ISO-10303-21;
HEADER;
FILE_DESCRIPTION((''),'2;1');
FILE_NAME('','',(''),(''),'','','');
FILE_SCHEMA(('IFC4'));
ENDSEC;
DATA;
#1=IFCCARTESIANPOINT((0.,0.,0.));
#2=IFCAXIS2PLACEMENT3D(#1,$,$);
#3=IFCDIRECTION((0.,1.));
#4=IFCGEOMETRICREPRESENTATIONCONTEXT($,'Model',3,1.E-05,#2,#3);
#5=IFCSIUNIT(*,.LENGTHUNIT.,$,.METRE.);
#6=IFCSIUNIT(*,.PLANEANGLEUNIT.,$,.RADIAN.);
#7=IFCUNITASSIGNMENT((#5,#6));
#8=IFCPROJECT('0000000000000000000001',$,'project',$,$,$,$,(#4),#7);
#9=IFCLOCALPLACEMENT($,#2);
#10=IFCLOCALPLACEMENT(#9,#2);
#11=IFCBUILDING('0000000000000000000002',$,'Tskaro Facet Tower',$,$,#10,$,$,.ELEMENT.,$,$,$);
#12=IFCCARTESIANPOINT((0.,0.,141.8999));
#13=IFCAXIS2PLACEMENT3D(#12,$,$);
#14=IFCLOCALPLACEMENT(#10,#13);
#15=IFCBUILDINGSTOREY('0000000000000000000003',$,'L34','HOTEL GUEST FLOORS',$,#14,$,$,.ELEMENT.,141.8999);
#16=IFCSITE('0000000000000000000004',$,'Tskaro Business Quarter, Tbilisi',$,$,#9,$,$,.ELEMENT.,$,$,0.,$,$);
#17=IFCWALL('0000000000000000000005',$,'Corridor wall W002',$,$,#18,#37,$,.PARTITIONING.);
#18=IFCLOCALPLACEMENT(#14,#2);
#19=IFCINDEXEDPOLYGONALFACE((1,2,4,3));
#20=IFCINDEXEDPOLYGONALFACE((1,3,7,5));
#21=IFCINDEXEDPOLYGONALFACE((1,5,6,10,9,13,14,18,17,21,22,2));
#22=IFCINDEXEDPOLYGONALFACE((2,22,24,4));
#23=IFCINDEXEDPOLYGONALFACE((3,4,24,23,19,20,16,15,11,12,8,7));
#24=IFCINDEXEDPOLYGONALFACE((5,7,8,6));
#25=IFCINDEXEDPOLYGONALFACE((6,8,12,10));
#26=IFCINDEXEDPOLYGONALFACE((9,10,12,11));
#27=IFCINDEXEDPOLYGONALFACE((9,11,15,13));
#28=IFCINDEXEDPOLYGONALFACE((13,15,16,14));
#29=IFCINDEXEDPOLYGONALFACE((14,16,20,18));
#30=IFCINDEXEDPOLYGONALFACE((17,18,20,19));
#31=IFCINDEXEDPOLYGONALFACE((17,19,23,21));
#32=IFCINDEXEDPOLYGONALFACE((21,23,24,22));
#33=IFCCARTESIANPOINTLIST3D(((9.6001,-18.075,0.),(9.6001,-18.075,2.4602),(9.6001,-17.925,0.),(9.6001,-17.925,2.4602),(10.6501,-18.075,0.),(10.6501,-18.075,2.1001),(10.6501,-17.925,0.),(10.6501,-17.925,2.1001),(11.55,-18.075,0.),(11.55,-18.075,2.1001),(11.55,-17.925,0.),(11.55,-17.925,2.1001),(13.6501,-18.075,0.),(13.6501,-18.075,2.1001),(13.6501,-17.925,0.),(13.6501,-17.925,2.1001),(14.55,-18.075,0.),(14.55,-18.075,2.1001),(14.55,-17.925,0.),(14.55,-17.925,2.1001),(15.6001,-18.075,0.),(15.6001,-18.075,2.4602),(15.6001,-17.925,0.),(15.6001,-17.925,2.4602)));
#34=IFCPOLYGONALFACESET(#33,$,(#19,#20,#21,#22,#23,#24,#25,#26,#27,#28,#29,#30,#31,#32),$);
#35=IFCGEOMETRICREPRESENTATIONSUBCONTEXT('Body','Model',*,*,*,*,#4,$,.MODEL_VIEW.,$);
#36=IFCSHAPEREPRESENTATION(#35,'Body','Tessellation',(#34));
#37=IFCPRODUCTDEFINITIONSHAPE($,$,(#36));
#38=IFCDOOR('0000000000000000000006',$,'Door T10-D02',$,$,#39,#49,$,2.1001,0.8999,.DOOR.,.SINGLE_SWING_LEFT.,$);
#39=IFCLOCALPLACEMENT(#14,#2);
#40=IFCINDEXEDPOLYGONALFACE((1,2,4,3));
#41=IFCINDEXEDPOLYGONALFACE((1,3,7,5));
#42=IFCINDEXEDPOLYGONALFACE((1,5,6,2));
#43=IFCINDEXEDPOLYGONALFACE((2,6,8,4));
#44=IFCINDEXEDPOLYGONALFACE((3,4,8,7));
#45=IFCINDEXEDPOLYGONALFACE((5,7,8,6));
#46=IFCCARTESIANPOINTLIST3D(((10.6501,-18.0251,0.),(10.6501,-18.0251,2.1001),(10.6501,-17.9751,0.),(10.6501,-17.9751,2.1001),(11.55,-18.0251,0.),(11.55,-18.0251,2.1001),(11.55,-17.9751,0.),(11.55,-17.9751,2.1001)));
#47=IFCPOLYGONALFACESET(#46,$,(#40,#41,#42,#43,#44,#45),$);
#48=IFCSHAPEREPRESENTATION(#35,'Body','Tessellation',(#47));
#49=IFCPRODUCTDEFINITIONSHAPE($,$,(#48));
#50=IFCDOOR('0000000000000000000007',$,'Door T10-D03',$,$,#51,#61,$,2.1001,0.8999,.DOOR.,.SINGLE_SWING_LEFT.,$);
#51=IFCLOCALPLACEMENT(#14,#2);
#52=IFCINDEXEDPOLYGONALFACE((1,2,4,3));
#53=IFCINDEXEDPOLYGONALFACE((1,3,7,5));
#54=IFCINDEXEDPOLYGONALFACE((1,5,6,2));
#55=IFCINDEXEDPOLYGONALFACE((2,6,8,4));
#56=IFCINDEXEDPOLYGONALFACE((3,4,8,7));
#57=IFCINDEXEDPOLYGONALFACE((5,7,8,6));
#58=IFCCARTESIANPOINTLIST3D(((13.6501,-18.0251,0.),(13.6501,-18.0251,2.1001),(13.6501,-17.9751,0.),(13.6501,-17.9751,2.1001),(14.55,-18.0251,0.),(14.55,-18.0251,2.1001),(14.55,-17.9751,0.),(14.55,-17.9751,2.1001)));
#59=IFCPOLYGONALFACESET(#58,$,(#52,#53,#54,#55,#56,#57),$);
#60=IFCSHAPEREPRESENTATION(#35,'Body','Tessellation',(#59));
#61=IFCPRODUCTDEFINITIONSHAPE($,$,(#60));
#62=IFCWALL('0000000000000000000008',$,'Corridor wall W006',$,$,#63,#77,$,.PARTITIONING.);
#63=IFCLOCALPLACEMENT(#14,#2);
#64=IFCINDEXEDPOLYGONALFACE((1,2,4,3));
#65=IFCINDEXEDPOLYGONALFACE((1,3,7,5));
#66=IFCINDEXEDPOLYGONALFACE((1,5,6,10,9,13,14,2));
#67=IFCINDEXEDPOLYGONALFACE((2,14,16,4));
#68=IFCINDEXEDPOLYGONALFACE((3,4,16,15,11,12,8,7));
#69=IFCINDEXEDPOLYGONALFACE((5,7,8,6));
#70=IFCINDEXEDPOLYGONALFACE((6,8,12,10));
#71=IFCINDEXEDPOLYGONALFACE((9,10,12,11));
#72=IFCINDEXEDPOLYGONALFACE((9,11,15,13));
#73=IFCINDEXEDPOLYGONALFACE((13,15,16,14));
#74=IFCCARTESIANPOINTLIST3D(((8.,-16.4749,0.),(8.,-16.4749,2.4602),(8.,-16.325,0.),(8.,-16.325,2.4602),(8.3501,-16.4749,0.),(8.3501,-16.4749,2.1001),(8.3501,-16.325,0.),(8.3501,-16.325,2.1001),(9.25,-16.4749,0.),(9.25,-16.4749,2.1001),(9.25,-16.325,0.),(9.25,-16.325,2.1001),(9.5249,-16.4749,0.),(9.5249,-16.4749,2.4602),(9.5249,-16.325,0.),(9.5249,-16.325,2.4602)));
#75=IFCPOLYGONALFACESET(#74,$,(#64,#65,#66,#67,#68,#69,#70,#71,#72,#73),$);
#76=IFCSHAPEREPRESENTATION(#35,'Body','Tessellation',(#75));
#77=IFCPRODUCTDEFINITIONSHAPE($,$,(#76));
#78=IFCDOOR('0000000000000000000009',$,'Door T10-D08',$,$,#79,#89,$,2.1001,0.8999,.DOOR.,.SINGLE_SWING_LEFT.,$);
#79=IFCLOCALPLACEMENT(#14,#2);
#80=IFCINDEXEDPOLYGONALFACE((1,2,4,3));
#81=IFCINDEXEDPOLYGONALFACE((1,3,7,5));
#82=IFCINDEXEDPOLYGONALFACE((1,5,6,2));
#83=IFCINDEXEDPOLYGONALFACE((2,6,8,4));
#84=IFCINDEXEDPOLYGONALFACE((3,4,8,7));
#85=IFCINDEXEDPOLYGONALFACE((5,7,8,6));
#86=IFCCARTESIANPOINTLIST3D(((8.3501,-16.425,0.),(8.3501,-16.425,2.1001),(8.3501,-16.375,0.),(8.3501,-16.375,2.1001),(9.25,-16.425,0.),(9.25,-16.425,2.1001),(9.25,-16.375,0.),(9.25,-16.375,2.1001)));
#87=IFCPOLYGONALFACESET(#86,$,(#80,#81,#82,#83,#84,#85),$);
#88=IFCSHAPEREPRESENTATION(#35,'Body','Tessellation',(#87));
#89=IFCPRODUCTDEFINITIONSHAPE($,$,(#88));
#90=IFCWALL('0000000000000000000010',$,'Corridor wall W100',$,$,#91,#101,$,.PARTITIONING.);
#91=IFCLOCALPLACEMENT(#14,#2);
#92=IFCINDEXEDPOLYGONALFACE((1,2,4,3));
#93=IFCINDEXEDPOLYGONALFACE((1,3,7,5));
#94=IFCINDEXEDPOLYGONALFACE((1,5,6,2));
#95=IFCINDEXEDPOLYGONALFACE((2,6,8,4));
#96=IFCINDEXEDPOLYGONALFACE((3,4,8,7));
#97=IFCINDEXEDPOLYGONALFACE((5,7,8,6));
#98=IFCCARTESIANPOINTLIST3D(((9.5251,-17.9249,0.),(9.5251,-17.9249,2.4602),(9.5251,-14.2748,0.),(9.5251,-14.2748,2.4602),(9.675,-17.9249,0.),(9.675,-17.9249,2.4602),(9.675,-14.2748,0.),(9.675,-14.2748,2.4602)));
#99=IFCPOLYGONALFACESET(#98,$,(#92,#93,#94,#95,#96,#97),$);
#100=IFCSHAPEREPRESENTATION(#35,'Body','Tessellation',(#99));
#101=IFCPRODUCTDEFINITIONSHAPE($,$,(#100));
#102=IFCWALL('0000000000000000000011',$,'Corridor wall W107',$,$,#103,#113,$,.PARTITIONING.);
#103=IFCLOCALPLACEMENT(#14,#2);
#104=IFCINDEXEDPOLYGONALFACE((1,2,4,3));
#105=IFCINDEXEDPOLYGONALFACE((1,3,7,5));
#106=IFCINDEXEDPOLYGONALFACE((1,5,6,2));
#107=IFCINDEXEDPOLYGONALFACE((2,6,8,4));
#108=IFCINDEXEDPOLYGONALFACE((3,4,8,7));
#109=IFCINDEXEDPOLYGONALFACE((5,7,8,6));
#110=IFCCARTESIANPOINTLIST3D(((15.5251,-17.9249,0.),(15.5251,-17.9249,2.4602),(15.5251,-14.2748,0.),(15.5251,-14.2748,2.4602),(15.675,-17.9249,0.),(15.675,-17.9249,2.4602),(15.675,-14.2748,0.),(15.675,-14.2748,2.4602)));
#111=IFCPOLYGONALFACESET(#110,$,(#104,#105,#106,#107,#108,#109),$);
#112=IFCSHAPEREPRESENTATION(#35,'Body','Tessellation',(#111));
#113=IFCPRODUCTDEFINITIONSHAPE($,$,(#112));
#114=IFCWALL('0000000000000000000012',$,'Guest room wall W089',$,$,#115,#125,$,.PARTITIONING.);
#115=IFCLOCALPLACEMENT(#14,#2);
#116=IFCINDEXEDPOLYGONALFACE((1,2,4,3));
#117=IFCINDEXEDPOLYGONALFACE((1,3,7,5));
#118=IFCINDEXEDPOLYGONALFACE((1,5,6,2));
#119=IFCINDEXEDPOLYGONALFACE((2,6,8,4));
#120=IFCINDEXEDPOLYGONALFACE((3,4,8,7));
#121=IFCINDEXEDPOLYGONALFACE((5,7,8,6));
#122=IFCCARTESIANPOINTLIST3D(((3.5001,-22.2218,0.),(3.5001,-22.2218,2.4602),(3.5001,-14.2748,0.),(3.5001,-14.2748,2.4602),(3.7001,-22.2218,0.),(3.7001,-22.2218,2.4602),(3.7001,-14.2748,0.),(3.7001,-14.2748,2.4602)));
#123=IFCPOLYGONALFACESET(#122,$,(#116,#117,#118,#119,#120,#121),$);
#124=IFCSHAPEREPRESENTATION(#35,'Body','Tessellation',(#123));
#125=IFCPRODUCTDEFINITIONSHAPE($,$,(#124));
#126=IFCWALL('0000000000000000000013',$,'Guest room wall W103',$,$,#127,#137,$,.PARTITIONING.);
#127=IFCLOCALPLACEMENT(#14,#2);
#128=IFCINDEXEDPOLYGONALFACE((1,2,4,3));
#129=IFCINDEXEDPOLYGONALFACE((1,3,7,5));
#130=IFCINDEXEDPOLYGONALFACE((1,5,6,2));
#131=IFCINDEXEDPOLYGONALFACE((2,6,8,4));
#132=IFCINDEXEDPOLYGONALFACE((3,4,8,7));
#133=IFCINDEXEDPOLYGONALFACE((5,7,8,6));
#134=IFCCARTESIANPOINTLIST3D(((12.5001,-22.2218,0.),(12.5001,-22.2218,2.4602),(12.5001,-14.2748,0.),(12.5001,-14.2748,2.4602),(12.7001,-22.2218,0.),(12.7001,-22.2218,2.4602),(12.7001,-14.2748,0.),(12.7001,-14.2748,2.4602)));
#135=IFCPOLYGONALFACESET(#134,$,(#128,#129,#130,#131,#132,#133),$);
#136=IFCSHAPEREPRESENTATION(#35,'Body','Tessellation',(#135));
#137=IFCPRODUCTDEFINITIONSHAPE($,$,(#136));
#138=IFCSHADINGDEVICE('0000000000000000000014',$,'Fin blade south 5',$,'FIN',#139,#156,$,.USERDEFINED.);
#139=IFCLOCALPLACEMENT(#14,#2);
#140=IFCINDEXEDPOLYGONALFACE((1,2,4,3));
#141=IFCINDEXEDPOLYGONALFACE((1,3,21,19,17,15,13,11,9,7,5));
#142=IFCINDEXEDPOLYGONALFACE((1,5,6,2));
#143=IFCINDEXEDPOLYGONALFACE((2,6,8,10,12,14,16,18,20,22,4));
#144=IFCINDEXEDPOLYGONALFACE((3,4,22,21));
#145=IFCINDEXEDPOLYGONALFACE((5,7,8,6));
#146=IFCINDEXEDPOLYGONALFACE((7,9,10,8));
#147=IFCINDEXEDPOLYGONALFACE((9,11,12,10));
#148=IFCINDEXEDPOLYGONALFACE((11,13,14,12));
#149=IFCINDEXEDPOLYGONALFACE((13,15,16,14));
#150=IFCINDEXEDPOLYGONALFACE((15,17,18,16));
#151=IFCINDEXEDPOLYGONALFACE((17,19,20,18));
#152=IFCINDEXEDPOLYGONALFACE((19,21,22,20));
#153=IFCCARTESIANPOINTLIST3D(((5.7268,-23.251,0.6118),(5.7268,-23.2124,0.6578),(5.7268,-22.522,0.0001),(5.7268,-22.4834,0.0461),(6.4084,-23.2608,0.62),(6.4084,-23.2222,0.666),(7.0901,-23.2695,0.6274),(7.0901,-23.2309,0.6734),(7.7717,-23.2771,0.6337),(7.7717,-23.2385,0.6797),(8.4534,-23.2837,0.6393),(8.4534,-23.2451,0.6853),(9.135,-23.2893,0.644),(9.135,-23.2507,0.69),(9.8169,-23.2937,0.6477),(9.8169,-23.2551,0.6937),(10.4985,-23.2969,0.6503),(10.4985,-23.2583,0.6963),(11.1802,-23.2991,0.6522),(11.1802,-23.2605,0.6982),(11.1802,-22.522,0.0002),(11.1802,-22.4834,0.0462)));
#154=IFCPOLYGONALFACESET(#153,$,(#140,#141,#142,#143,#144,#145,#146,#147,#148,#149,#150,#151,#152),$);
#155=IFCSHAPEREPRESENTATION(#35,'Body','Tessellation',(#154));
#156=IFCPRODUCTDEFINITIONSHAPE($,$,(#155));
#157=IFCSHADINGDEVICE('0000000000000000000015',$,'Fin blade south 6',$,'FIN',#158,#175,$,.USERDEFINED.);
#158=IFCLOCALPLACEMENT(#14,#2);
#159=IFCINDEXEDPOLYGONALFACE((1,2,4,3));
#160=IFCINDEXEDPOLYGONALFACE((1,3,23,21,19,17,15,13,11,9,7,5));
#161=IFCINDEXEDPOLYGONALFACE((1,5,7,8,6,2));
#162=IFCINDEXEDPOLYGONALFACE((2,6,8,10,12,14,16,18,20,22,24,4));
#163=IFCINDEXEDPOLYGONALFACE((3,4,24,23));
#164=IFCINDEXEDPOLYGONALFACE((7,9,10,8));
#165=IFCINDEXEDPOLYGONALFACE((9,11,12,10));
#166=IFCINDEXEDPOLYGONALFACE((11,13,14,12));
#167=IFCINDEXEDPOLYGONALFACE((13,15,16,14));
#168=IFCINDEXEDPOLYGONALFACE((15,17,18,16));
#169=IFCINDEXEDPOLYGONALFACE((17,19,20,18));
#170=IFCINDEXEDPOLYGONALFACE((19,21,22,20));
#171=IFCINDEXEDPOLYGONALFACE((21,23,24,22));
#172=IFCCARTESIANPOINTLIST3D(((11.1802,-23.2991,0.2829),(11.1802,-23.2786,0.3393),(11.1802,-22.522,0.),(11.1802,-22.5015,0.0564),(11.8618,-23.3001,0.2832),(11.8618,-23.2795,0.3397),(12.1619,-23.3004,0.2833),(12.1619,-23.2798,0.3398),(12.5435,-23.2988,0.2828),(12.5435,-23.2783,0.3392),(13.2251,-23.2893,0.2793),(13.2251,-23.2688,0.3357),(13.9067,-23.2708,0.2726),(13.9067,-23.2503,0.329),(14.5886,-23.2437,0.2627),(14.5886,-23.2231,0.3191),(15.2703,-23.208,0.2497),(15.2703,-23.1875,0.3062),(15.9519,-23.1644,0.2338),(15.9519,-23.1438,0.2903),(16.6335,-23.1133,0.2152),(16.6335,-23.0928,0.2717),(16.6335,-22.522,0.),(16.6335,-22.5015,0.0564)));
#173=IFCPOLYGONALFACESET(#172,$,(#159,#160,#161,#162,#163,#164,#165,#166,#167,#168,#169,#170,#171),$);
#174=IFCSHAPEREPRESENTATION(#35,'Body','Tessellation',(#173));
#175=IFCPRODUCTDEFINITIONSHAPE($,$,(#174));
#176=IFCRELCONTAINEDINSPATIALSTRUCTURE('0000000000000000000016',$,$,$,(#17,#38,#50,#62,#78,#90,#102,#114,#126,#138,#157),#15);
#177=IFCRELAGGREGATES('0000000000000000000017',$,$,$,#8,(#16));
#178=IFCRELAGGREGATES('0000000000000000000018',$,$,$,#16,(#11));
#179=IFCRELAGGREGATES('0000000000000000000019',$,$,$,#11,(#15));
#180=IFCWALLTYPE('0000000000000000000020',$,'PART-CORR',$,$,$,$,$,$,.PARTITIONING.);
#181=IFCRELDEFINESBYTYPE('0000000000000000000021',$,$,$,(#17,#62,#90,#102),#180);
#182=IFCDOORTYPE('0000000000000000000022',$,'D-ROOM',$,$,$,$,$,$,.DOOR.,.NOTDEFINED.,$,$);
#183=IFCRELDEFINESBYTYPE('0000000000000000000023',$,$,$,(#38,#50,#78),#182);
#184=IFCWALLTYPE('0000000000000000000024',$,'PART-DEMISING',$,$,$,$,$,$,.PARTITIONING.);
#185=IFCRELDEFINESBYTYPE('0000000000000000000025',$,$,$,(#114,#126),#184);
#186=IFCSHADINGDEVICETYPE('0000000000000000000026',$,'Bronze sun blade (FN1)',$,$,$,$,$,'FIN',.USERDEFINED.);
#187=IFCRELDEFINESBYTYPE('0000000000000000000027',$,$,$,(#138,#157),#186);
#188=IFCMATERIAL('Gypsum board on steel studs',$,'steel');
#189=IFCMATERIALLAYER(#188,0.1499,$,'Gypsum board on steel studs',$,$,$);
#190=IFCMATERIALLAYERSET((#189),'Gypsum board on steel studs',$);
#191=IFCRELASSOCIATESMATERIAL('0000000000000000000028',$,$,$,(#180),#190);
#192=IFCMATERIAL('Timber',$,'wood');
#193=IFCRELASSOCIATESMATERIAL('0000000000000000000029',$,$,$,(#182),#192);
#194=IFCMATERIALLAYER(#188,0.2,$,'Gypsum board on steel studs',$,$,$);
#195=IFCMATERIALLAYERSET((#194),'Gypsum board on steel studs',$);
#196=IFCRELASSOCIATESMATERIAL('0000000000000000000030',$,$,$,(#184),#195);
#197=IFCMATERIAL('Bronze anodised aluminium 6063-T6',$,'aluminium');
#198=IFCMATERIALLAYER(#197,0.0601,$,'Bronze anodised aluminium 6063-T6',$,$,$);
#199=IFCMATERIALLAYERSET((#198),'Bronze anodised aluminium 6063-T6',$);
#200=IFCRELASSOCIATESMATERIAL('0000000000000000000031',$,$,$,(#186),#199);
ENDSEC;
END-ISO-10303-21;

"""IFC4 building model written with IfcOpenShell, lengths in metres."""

from ifc_helpers import new_model, si_unit, direction, frame, frame_2d, origin, place, context, subcontext, project, spatial, polyline, rectangle, outline, extrude, material, layer, layer_set, type_object, element, fill, save


model = new_model("IFC4")

# Units and contexts
model_context = context("Model", 3, precision=1e-05, world=origin(), true_north=direction((0.0, 1.0)))
body_context = subcontext(model_context, "Body", "Model", "MODEL_VIEW")
ifc_project = project(units=[si_unit("LENGTHUNIT", "METRE"), si_unit("PLANEANGLEUNIT", "RADIAN")], contexts=[model_context])

# Site, building, storey
site_placement = place(None, origin())
site = spatial("IfcSite", under=ifc_project, at=site_placement, Name="Tskaro Business Quarter, Tbilisi", CompositionType="ELEMENT", RefElevation=0.0)
building_placement = place(site_placement, origin())
building = spatial("IfcBuilding", under=site, at=building_placement, Name="Tskaro Facet Tower", CompositionType="ELEMENT")
storey_placement = place(building_placement, frame((0.0, 0.0, 141.8999)))
storey = spatial("IfcBuildingStorey", under=building, at=storey_placement, Name="L34", Description="HOTEL GUEST FLOORS", CompositionType="ELEMENT", Elevation=141.8999)

# Shared definitions
ifc_material_1 = material(Name="Bronze anodised aluminium 6063-T6", Category="aluminium")

# Wall, openings, doors
ifc_material_2 = material(Name="Gypsum board on steel studs", Category="steel")
ifc_layer_1 = layer(ifc_material_2, 0.1499, Name="Gypsum board on steel studs")
ifc_layer_set_1 = layer_set([ifc_layer_1], Name="Gypsum board on steel studs")
wall_type_1 = type_object("IfcWallType", Name="PART-CORR", PredefinedType="PARTITIONING", material=ifc_layer_set_1)
wall_1_placement = place(storey_placement, frame((9.6001, -18.0, 0.0), z_axis=(0.0, 0.0, 1.0), x_axis=(1.0, 0.0, 0.0)))
wall_1 = element("IfcWall", 1, at=wall_1_placement, inside=storey, type_object=wall_type_1, Name="Corridor wall W002", PredefinedType="PARTITIONING", context=body_context, shape_type="SweptSolid", body=[
    extrude(rectangle(XDim=6.0, YDim=0.1499, at=frame_2d((3.0, 0.0))), origin(), (0.0, 0.0, 1.0), 2.4602),
])
opening_1_placement = place(wall_1_placement, frame((1.05, 0.0, 0.0)))
opening_1 = element("IfcOpeningElement", 2, at=opening_1_placement, cuts=wall_1, PredefinedType="OPENING", context=body_context, shape_type="SweptSolid", body=[
    extrude(rectangle(XDim=0.8999, YDim=2.1001, at=frame_2d((0.45, 1.05))), frame((0.0, 0.085, 0.0), z_axis=(0.0, -1.0, 0.0), x_axis=(1.0, 0.0, 0.0)), (0.0, 0.0, 1.0), 0.1699),
])
opening_2_placement = place(wall_1_placement, frame((4.05, 0.0, 0.0)))
opening_2 = element("IfcOpeningElement", 3, at=opening_2_placement, cuts=wall_1, PredefinedType="OPENING", context=body_context, shape_type="SweptSolid", body=[
    extrude(rectangle(XDim=0.8999, YDim=2.1001, at=frame_2d((0.45, 1.05))), frame((0.0, 0.085, 0.0), z_axis=(0.0, -1.0, 0.0), x_axis=(1.0, 0.0, 0.0)), (0.0, 0.0, 1.0), 0.1699),
])
ifc_material_3 = material(Name="Timber", Category="wood")
door_type = type_object("IfcDoorType", Name="D-ROOM", OperationType="NOTDEFINED", PredefinedType="DOOR", material=ifc_material_3)
door_1_placement = place(opening_1_placement, origin())
door_1 = element("IfcDoor", 4, at=door_1_placement, inside=storey, type_object=door_type, Name="Door T10-D02", OperationType="SINGLE_SWING_LEFT", OverallHeight=2.1001, OverallWidth=0.8999, PredefinedType="DOOR", context=body_context, shape_type="SweptSolid", body=[
    extrude(rectangle(XDim=0.8999, YDim=2.1001, at=frame_2d((0.45, 1.05))), frame((0.0, 0.0249, 0.0), z_axis=(0.0, -1.0, 0.0), x_axis=(1.0, 0.0, 0.0)), (0.0, 0.0, 1.0), 0.05),
])
fill(opening_1, door_1)
door_2_placement = place(opening_2_placement, origin())
door_2 = element("IfcDoor", 5, at=door_2_placement, inside=storey, type_object=door_type, Name="Door T10-D03", OperationType="SINGLE_SWING_LEFT", OverallHeight=2.1001, OverallWidth=0.8999, PredefinedType="DOOR", context=body_context, shape_type="SweptSolid", body=[
    extrude(rectangle(XDim=0.8999, YDim=2.1001, at=frame_2d((0.45, 1.05))), frame((0.0, 0.0249, 0.0), z_axis=(0.0, -1.0, 0.0), x_axis=(1.0, 0.0, 0.0)), (0.0, 0.0, 1.0), 0.05),
])
fill(opening_2, door_2)

# Wall, opening, door
wall_2_placement = place(storey_placement, frame((8.0, -16.3999, 0.0), z_axis=(0.0, 0.0, 1.0), x_axis=(1.0, 0.0, 0.0)))
wall_2 = element("IfcWall", 6, at=wall_2_placement, inside=storey, type_object=wall_type_1, Name="Corridor wall W006", PredefinedType="PARTITIONING", context=body_context, shape_type="SweptSolid", body=[
    extrude(rectangle(XDim=1.5249, YDim=0.1499, at=frame_2d((0.7625, 0.0))), origin(), (0.0, 0.0, 1.0), 2.4602),
])
opening_3_placement = place(wall_2_placement, frame((0.3501, 0.0, 0.0)))
opening_3 = element("IfcOpeningElement", 7, at=opening_3_placement, cuts=wall_2, PredefinedType="OPENING", context=body_context, shape_type="SweptSolid", body=[
    extrude(rectangle(XDim=0.8999, YDim=2.1001, at=frame_2d((0.45, 1.05))), frame((0.0, 0.085, 0.0), z_axis=(0.0, -1.0, 0.0), x_axis=(1.0, 0.0, 0.0)), (0.0, 0.0, 1.0), 0.1699),
])
door_3_placement = place(opening_3_placement, origin())
door_3 = element("IfcDoor", 8, at=door_3_placement, inside=storey, type_object=door_type, Name="Door T10-D08", OperationType="SINGLE_SWING_LEFT", OverallHeight=2.1001, OverallWidth=0.8999, PredefinedType="DOOR", context=body_context, shape_type="SweptSolid", body=[
    extrude(rectangle(XDim=0.8999, YDim=2.1001, at=frame_2d((0.45, 1.05))), frame((0.0, 0.0249, 0.0), z_axis=(0.0, -1.0, 0.0), x_axis=(1.0, 0.0, 0.0)), (0.0, 0.0, 1.0), 0.05),
])
fill(opening_3, door_3)

# Walls
for number, where, z_axis, x_axis, name in (
    (9, (9.6001, -17.925, 0.0), (0.0, 0.0, 1.0), (0.0, 1.0, 0.0), "Corridor wall W100"),
    (10, (15.6001, -17.925, 0.0), (0.0, 0.0, 1.0), (0.0, 1.0, 0.0), "Corridor wall W107"),
):
    element("IfcWall", number, at=place(storey_placement, frame(where, z_axis=z_axis, x_axis=x_axis)), inside=storey, type_object=wall_type_1, Name=name, PredefinedType="PARTITIONING", context=body_context, shape_type="SweptSolid", body=[
        extrude(rectangle(XDim=3.6501, YDim=0.1499, at=frame_2d((1.8252, 0.0))), origin(), (0.0, 0.0, 1.0), 2.4602),
    ])
ifc_layer_2 = layer(ifc_material_2, 0.2, Name="Gypsum board on steel studs")
ifc_layer_set_2 = layer_set([ifc_layer_2], Name="Gypsum board on steel studs")
wall_type_2 = type_object("IfcWallType", Name="PART-DEMISING", PredefinedType="PARTITIONING", material=ifc_layer_set_2)
for number, where, z_axis, x_axis, name in (
    (11, (3.6001, -22.2219, 0.0), (0.0, 0.0, 1.0), (0.0, 1.0, 0.0), "Guest room wall W089"),
    (12, (12.6001, -22.2219, 0.0), (0.0, 0.0, 1.0), (0.0, 1.0, 0.0), "Guest room wall W103"),
):
    element("IfcWall", number, at=place(storey_placement, frame(where, z_axis=z_axis, x_axis=x_axis)), inside=storey, type_object=wall_type_2, Name=name, PredefinedType="PARTITIONING", context=body_context, shape_type="SweptSolid", body=[
        extrude(rectangle(XDim=7.947, YDim=0.2, at=frame_2d((3.9736, 0.0))), origin(), (0.0, 0.0, 1.0), 2.4602),
    ])

# Shading devices
ifc_layer_3 = layer(ifc_material_1, 0.0601, Name="Bronze anodised aluminium 6063-T6")
ifc_layer_set_3 = layer_set([ifc_layer_3], Name="Bronze anodised aluminium 6063-T6")
shading_device_type = type_object("IfcShadingDeviceType", Name="Bronze sun blade (FN1)", ElementType="FIN", PredefinedType="USERDEFINED", material=ifc_layer_set_3)
shading_device_1_placement = place(storey_placement, frame((5.7268, -22.4834, 0.0461), z_axis=(-0.000012, 0.642752, 0.766074), x_axis=(1.0, 0.000008, 0.000009)))
element("IfcShadingDevice", 13, at=shading_device_1_placement, inside=storey, type_object=shading_device_type, Name="Fin blade south 5", ObjectType="FIN", PredefinedType="USERDEFINED", context=body_context, shape_type="SweptSolid", body=[
    extrude(outline(polyline([(0.0, 0.0), (5.4534, 0.0), (5.4534, -1.0145), (4.7717, -1.0115), (4.0901, -1.0074), (3.4082, -1.0016), (2.7266, -0.9944), (2.0449, -0.9857), (1.3633, -0.9758), (0.6816, -0.9644), (0.0, -0.9516), (0.0, 0.0)])), origin(), (0.0, 0.0, -1.0), 0.0601),
])
shading_device_2_placement = place(storey_placement, frame((11.1802, -22.5015, 0.0564), z_axis=(-0.000001, 0.342097, 0.939665), x_axis=(1.0, 0.0, 0.0)))
element("IfcShadingDevice", 14, at=shading_device_2_placement, inside=storey, type_object=shading_device_type, Name="Fin blade south 6", ObjectType="FIN", PredefinedType="USERDEFINED", context=body_context, shape_type="SweptSolid", body=[
    extrude(outline(polyline([(0.0, 0.0), (5.4534, 0.0), (5.4534, -0.6293), (4.7717, -0.6836), (4.0901, -0.7301), (3.4084, -0.768), (2.7266, -0.7969), (2.0449, -0.8166), (1.3633, -0.8267), (0.9817, -0.8283), (0.6816, -0.828), (0.0, -0.827), (0.0, 0.0)])), origin(), (0.0, 0.0, -1.0), 0.0601),
])

save(model, "model.ifc")
